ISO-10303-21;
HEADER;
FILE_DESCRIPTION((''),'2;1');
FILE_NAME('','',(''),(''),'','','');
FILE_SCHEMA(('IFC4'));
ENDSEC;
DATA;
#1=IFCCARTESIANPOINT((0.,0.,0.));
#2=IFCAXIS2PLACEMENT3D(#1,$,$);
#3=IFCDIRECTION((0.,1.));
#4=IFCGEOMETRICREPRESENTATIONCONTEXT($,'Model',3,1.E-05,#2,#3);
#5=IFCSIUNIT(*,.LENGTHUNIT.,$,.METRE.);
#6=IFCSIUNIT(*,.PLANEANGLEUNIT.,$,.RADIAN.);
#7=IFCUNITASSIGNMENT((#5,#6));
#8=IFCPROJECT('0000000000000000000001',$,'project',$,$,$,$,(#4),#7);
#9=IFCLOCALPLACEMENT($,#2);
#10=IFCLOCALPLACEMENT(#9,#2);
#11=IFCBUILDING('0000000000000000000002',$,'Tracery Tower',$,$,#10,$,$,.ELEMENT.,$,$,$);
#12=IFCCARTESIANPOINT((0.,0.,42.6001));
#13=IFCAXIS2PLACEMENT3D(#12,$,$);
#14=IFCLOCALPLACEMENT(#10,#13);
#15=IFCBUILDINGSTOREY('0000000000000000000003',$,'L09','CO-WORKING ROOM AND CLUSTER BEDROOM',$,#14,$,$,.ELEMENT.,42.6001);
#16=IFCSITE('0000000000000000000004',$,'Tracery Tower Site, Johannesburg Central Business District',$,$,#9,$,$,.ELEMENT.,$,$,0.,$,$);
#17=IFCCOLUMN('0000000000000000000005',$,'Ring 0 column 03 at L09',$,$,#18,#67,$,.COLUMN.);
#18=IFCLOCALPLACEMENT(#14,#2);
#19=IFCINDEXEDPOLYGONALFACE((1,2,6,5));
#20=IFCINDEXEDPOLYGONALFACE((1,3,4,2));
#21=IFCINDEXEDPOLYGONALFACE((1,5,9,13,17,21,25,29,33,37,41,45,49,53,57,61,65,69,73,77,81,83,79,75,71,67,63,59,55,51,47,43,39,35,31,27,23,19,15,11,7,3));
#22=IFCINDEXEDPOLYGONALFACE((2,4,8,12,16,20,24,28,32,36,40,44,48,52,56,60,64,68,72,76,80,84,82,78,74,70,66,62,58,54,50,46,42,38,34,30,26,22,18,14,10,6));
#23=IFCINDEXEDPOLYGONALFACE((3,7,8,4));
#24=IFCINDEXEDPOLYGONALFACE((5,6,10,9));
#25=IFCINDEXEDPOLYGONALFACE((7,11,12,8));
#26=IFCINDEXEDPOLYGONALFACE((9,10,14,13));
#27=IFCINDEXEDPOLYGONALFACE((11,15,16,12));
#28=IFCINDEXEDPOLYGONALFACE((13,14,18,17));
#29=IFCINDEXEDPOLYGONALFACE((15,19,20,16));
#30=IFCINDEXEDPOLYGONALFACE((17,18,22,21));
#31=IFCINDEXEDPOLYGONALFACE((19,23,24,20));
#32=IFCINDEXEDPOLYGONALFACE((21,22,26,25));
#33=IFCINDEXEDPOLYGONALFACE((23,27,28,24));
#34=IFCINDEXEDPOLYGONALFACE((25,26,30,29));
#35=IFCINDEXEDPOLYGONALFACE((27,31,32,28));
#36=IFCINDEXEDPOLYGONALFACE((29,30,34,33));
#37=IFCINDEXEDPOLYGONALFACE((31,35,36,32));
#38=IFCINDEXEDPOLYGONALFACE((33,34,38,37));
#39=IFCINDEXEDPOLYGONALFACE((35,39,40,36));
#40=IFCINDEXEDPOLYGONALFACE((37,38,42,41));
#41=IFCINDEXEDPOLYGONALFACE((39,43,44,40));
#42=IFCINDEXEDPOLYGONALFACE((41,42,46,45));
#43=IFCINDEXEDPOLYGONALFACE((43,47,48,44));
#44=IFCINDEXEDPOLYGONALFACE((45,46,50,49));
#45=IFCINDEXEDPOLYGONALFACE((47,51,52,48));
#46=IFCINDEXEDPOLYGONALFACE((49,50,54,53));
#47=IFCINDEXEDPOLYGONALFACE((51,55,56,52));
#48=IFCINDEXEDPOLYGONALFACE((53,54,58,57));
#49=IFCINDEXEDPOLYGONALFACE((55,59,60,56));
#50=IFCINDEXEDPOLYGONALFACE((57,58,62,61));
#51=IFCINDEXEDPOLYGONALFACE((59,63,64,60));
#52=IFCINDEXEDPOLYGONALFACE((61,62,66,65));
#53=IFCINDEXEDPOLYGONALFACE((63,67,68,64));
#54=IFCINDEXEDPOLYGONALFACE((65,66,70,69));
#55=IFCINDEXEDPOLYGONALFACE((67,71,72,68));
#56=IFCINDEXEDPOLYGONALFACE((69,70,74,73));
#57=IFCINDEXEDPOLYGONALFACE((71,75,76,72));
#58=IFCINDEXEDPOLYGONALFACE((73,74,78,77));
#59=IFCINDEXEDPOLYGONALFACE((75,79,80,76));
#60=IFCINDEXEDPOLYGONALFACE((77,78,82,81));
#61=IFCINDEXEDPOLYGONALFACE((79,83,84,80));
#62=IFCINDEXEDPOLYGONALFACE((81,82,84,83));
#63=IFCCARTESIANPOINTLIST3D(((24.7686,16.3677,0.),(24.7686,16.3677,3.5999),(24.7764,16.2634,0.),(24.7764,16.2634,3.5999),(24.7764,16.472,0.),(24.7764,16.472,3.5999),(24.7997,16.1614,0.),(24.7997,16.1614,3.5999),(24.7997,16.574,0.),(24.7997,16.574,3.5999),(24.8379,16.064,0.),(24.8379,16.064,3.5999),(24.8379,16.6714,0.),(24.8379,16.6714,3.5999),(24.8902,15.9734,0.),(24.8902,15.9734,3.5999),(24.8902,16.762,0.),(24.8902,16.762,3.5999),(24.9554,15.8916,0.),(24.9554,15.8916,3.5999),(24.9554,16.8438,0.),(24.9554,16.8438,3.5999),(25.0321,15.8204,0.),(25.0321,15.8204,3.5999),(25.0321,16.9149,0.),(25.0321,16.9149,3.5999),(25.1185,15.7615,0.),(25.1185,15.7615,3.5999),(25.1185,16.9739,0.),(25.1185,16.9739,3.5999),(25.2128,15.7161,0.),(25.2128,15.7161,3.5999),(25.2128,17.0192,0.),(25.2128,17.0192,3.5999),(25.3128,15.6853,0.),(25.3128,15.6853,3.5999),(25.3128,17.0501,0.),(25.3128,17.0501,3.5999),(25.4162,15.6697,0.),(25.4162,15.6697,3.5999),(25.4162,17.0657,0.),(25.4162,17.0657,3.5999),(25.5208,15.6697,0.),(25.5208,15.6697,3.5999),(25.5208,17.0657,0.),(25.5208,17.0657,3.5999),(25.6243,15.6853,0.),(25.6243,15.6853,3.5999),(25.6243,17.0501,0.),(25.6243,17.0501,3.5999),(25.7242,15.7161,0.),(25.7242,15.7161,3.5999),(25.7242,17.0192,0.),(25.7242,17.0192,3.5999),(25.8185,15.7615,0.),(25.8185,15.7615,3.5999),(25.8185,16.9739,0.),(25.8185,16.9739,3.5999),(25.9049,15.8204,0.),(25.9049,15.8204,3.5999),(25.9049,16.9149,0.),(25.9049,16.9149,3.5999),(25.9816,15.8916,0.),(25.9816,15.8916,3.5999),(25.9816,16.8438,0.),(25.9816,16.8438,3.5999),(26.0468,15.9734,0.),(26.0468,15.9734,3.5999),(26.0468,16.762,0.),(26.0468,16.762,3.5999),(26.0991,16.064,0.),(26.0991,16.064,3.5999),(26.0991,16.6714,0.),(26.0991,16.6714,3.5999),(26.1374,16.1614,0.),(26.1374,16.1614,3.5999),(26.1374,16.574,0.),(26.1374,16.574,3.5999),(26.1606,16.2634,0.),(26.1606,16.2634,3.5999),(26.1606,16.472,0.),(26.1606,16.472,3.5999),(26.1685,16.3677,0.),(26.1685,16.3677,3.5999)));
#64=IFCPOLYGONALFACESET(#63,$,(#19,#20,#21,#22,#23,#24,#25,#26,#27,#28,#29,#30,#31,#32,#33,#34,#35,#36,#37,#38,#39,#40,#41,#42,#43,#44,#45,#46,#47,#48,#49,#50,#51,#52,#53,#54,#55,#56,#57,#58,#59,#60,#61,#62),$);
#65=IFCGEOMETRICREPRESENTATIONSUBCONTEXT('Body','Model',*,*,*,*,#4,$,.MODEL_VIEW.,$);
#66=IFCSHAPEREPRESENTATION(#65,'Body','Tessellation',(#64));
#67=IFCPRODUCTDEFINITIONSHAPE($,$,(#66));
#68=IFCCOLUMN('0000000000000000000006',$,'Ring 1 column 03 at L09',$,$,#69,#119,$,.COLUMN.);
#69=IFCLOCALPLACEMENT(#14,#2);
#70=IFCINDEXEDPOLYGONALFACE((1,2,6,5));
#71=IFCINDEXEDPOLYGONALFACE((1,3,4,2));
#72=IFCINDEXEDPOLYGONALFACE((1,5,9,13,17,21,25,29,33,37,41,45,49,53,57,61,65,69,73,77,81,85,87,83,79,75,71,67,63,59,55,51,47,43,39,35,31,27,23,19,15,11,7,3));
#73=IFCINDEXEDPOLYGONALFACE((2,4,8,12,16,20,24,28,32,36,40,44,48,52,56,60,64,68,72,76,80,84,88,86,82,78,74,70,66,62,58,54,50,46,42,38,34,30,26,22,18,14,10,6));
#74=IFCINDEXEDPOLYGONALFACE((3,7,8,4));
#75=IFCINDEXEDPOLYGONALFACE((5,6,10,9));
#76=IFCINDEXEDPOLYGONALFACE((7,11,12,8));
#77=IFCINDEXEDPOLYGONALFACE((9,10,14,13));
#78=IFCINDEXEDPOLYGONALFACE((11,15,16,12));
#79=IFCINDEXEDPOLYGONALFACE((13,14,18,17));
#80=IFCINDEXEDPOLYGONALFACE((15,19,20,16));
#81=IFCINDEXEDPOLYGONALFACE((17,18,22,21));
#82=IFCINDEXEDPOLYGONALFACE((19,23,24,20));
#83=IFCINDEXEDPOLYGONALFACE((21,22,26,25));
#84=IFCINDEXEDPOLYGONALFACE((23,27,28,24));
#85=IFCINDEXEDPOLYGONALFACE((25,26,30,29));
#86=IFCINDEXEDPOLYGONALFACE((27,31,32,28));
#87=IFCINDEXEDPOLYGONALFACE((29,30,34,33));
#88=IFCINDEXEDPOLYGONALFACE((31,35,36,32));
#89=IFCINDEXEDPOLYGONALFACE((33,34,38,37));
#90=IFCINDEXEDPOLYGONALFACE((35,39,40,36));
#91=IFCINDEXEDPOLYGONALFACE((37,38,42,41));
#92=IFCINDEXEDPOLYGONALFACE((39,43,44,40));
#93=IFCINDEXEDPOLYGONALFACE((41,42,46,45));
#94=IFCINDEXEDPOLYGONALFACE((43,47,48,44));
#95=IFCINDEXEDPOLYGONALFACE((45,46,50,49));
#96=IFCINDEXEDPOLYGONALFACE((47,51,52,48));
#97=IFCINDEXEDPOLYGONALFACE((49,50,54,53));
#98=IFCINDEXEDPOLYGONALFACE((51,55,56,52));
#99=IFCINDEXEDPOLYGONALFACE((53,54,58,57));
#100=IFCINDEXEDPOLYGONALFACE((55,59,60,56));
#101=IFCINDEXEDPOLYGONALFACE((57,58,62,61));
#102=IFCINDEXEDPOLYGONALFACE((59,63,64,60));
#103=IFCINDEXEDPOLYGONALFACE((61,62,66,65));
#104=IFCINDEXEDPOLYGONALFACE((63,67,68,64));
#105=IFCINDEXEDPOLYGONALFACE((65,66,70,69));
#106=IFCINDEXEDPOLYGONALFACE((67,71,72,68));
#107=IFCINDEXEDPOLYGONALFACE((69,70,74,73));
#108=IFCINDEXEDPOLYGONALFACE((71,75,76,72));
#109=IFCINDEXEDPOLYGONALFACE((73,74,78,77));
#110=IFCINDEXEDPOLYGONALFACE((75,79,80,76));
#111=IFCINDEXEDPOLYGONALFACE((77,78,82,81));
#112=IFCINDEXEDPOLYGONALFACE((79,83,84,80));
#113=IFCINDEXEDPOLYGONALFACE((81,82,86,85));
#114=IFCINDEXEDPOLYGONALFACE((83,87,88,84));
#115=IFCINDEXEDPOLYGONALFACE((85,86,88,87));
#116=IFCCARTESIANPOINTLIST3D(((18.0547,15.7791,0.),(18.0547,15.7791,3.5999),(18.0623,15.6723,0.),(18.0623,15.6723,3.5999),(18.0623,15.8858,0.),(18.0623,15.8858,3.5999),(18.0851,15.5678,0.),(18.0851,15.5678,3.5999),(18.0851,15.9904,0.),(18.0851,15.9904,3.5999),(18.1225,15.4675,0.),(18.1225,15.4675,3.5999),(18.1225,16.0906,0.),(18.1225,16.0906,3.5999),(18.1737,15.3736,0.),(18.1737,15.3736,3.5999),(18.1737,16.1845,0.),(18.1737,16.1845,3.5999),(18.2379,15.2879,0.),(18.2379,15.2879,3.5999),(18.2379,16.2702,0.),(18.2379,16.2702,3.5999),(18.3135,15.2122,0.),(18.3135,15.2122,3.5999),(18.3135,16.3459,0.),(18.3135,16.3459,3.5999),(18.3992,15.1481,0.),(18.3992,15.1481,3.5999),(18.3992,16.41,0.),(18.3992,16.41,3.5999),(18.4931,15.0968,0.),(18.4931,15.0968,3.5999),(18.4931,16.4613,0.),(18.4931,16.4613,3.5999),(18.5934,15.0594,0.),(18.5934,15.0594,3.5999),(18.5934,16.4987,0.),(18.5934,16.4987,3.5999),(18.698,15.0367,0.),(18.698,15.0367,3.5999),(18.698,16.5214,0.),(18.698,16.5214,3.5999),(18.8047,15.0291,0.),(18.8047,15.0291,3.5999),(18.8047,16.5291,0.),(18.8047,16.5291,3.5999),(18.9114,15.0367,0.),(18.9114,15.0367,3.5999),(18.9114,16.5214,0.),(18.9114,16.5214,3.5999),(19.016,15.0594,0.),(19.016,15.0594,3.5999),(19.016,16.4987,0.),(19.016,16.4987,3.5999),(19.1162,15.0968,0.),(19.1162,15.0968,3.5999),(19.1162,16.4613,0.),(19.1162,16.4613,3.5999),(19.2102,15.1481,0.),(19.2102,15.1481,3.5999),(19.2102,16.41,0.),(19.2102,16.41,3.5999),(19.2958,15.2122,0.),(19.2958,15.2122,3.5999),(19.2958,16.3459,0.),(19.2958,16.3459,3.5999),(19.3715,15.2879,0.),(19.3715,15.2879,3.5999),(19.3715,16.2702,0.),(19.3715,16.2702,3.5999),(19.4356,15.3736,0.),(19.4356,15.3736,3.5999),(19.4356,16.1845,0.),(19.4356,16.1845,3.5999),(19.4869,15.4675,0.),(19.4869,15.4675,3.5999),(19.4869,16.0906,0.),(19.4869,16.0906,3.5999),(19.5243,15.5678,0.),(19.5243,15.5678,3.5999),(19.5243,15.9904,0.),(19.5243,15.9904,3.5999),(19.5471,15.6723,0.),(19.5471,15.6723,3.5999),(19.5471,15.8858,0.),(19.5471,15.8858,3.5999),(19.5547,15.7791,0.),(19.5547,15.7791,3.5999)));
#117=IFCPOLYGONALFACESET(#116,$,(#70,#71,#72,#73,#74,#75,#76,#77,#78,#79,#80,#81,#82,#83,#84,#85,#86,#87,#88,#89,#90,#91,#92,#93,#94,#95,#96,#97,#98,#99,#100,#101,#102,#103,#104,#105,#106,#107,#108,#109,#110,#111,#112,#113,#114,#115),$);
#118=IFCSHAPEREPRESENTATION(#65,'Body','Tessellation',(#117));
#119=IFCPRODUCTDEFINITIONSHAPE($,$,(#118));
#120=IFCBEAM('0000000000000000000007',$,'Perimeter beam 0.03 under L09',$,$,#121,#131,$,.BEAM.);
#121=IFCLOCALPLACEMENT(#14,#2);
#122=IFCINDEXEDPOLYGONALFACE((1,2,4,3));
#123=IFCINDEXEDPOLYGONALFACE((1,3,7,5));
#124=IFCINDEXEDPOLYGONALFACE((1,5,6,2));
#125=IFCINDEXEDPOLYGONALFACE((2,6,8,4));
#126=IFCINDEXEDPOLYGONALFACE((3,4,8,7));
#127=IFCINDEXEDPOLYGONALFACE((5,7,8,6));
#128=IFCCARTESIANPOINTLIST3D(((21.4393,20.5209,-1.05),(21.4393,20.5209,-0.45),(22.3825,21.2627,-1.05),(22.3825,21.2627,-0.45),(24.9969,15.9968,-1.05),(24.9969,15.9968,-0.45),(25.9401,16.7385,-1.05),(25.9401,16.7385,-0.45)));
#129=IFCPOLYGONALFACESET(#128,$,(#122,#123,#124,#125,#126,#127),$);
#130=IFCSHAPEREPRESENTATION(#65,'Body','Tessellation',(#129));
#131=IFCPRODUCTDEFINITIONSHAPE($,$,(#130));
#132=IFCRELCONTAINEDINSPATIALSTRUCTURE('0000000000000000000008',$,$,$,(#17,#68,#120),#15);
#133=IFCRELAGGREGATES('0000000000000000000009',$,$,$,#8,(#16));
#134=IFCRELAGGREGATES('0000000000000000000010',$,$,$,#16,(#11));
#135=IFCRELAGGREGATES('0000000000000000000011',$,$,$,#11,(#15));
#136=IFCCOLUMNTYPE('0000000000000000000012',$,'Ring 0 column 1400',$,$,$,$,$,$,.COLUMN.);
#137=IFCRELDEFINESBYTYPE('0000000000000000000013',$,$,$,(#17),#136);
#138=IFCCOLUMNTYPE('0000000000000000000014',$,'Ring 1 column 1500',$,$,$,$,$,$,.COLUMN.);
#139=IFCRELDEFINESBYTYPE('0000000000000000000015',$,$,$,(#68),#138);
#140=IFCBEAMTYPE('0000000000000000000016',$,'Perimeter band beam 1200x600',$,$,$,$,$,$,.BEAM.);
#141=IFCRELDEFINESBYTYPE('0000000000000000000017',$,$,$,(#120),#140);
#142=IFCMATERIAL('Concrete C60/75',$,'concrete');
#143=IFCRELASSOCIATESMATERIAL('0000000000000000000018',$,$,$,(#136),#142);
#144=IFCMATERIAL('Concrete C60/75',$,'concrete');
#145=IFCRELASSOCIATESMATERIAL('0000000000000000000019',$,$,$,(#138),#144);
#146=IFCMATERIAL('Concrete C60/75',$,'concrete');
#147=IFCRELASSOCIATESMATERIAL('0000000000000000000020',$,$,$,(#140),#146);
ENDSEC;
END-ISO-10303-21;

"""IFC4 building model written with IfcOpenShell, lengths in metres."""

from ifc_helpers import new_model, si_unit, direction, frame, origin, origin_2d, place, context, subcontext, project, spatial, rectangle, circle, extrude, material, material_profile, profile_set, type_object, element, save


model = new_model("IFC4")

# Units and contexts
model_context = context("Model", 3, precision=1e-05, world=origin(), true_north=direction((0.0, 1.0)))
body_context = subcontext(model_context, "Body", "Model", "MODEL_VIEW")
ifc_project = project(units=[si_unit("LENGTHUNIT", "METRE"), si_unit("PLANEANGLEUNIT", "RADIAN")], contexts=[model_context])

# Site, building, storey
site_placement = place(None, origin())
site = spatial("IfcSite", under=ifc_project, at=site_placement, Name="Tracery Tower Site, Johannesburg Central Business District", CompositionType="ELEMENT", RefElevation=0.0)
building_placement = place(site_placement, origin())
building = spatial("IfcBuilding", under=site, at=building_placement, Name="Tracery Tower", CompositionType="ELEMENT")
storey_placement = place(building_placement, frame((0.0, 0.0, 42.6001)))
storey = spatial("IfcBuildingStorey", under=building, at=storey_placement, Name="L09", Description="CO-WORKING ROOM AND CLUSTER BEDROOM", CompositionType="ELEMENT", Elevation=42.6001)

# Columns
ifc_material_1 = material(Name="Concrete C60/75", Category="concrete")
ifc_material_profile_1 = material_profile(ifc_material_1, circle(Radius=0.7, at=origin_2d()), Name="RC D1400")
ifc_profile_set_1 = profile_set([ifc_material_profile_1], Name="Concrete C60/75")
column_type_1 = type_object("IfcColumnType", Name="Ring 0 column 1400", PredefinedType="COLUMN", material=ifc_profile_set_1)
column_1_placement = place(storey_placement, frame((25.4685, 16.3677, 0.0), z_axis=(0.0, 0.0, 1.0), x_axis=(1.0, 0.0, 0.0)))
element("IfcColumn", 1, at=column_1_placement, inside=storey, type_object=column_type_1, Name="Ring 0 column 03 at L09", PredefinedType="COLUMN", context=body_context, shape_type="SweptSolid", body=[
    extrude(circle(Radius=0.7, at=origin_2d()), origin(), (0.0, 0.0, 1.0), 3.5999),
])
ifc_material_2 = material(Name="Concrete C60/75", Category="concrete")
ifc_material_profile_2 = material_profile(ifc_material_2, circle(Radius=0.75, at=origin_2d()), Name="RC D1500")
ifc_profile_set_2 = profile_set([ifc_material_profile_2], Name="Concrete C60/75")
column_type_2 = type_object("IfcColumnType", Name="Ring 1 column 1500", PredefinedType="COLUMN", material=ifc_profile_set_2)
column_2_placement = place(storey_placement, frame((18.8047, 15.7791, 0.0), z_axis=(0.0, 0.0, 1.0), x_axis=(1.0, 0.0, 0.0)))
element("IfcColumn", 2, at=column_2_placement, inside=storey, type_object=column_type_2, Name="Ring 1 column 03 at L09", PredefinedType="COLUMN", context=body_context, shape_type="SweptSolid", body=[
    extrude(circle(Radius=0.75, at=origin_2d()), origin(), (0.0, 0.0, 1.0), 3.5999),
])

# Beam
ifc_material_3 = material(Name="Concrete C60/75", Category="concrete")
ifc_material_profile_3 = material_profile(ifc_material_3, rectangle(XDim=1.2, YDim=0.6001, at=origin_2d()), Name="RC 1200x600")
ifc_profile_set_3 = profile_set([ifc_material_profile_3], Name="Concrete C60/75")
beam_type = type_object("IfcBeamType", Name="Perimeter band beam 1200x600", PredefinedType="BEAM", material=ifc_profile_set_3)
beam_placement = place(storey_placement, frame((25.4685, 16.3677, -0.75), z_axis=(-0.618134, 0.786072, 0.0), x_axis=(-0.786072, -0.618134, 0.0)))
element("IfcBeam", 3, at=beam_placement, inside=storey, type_object=beam_type, Name="Perimeter beam 0.03 under L09", PredefinedType="BEAM", context=body_context, shape_type="SweptSolid", body=[
    extrude(rectangle(XDim=1.2, YDim=0.6001, at=origin_2d()), origin(), (0.0, 0.0, 1.0), 5.7554),
])

save(model, "model.ifc")
